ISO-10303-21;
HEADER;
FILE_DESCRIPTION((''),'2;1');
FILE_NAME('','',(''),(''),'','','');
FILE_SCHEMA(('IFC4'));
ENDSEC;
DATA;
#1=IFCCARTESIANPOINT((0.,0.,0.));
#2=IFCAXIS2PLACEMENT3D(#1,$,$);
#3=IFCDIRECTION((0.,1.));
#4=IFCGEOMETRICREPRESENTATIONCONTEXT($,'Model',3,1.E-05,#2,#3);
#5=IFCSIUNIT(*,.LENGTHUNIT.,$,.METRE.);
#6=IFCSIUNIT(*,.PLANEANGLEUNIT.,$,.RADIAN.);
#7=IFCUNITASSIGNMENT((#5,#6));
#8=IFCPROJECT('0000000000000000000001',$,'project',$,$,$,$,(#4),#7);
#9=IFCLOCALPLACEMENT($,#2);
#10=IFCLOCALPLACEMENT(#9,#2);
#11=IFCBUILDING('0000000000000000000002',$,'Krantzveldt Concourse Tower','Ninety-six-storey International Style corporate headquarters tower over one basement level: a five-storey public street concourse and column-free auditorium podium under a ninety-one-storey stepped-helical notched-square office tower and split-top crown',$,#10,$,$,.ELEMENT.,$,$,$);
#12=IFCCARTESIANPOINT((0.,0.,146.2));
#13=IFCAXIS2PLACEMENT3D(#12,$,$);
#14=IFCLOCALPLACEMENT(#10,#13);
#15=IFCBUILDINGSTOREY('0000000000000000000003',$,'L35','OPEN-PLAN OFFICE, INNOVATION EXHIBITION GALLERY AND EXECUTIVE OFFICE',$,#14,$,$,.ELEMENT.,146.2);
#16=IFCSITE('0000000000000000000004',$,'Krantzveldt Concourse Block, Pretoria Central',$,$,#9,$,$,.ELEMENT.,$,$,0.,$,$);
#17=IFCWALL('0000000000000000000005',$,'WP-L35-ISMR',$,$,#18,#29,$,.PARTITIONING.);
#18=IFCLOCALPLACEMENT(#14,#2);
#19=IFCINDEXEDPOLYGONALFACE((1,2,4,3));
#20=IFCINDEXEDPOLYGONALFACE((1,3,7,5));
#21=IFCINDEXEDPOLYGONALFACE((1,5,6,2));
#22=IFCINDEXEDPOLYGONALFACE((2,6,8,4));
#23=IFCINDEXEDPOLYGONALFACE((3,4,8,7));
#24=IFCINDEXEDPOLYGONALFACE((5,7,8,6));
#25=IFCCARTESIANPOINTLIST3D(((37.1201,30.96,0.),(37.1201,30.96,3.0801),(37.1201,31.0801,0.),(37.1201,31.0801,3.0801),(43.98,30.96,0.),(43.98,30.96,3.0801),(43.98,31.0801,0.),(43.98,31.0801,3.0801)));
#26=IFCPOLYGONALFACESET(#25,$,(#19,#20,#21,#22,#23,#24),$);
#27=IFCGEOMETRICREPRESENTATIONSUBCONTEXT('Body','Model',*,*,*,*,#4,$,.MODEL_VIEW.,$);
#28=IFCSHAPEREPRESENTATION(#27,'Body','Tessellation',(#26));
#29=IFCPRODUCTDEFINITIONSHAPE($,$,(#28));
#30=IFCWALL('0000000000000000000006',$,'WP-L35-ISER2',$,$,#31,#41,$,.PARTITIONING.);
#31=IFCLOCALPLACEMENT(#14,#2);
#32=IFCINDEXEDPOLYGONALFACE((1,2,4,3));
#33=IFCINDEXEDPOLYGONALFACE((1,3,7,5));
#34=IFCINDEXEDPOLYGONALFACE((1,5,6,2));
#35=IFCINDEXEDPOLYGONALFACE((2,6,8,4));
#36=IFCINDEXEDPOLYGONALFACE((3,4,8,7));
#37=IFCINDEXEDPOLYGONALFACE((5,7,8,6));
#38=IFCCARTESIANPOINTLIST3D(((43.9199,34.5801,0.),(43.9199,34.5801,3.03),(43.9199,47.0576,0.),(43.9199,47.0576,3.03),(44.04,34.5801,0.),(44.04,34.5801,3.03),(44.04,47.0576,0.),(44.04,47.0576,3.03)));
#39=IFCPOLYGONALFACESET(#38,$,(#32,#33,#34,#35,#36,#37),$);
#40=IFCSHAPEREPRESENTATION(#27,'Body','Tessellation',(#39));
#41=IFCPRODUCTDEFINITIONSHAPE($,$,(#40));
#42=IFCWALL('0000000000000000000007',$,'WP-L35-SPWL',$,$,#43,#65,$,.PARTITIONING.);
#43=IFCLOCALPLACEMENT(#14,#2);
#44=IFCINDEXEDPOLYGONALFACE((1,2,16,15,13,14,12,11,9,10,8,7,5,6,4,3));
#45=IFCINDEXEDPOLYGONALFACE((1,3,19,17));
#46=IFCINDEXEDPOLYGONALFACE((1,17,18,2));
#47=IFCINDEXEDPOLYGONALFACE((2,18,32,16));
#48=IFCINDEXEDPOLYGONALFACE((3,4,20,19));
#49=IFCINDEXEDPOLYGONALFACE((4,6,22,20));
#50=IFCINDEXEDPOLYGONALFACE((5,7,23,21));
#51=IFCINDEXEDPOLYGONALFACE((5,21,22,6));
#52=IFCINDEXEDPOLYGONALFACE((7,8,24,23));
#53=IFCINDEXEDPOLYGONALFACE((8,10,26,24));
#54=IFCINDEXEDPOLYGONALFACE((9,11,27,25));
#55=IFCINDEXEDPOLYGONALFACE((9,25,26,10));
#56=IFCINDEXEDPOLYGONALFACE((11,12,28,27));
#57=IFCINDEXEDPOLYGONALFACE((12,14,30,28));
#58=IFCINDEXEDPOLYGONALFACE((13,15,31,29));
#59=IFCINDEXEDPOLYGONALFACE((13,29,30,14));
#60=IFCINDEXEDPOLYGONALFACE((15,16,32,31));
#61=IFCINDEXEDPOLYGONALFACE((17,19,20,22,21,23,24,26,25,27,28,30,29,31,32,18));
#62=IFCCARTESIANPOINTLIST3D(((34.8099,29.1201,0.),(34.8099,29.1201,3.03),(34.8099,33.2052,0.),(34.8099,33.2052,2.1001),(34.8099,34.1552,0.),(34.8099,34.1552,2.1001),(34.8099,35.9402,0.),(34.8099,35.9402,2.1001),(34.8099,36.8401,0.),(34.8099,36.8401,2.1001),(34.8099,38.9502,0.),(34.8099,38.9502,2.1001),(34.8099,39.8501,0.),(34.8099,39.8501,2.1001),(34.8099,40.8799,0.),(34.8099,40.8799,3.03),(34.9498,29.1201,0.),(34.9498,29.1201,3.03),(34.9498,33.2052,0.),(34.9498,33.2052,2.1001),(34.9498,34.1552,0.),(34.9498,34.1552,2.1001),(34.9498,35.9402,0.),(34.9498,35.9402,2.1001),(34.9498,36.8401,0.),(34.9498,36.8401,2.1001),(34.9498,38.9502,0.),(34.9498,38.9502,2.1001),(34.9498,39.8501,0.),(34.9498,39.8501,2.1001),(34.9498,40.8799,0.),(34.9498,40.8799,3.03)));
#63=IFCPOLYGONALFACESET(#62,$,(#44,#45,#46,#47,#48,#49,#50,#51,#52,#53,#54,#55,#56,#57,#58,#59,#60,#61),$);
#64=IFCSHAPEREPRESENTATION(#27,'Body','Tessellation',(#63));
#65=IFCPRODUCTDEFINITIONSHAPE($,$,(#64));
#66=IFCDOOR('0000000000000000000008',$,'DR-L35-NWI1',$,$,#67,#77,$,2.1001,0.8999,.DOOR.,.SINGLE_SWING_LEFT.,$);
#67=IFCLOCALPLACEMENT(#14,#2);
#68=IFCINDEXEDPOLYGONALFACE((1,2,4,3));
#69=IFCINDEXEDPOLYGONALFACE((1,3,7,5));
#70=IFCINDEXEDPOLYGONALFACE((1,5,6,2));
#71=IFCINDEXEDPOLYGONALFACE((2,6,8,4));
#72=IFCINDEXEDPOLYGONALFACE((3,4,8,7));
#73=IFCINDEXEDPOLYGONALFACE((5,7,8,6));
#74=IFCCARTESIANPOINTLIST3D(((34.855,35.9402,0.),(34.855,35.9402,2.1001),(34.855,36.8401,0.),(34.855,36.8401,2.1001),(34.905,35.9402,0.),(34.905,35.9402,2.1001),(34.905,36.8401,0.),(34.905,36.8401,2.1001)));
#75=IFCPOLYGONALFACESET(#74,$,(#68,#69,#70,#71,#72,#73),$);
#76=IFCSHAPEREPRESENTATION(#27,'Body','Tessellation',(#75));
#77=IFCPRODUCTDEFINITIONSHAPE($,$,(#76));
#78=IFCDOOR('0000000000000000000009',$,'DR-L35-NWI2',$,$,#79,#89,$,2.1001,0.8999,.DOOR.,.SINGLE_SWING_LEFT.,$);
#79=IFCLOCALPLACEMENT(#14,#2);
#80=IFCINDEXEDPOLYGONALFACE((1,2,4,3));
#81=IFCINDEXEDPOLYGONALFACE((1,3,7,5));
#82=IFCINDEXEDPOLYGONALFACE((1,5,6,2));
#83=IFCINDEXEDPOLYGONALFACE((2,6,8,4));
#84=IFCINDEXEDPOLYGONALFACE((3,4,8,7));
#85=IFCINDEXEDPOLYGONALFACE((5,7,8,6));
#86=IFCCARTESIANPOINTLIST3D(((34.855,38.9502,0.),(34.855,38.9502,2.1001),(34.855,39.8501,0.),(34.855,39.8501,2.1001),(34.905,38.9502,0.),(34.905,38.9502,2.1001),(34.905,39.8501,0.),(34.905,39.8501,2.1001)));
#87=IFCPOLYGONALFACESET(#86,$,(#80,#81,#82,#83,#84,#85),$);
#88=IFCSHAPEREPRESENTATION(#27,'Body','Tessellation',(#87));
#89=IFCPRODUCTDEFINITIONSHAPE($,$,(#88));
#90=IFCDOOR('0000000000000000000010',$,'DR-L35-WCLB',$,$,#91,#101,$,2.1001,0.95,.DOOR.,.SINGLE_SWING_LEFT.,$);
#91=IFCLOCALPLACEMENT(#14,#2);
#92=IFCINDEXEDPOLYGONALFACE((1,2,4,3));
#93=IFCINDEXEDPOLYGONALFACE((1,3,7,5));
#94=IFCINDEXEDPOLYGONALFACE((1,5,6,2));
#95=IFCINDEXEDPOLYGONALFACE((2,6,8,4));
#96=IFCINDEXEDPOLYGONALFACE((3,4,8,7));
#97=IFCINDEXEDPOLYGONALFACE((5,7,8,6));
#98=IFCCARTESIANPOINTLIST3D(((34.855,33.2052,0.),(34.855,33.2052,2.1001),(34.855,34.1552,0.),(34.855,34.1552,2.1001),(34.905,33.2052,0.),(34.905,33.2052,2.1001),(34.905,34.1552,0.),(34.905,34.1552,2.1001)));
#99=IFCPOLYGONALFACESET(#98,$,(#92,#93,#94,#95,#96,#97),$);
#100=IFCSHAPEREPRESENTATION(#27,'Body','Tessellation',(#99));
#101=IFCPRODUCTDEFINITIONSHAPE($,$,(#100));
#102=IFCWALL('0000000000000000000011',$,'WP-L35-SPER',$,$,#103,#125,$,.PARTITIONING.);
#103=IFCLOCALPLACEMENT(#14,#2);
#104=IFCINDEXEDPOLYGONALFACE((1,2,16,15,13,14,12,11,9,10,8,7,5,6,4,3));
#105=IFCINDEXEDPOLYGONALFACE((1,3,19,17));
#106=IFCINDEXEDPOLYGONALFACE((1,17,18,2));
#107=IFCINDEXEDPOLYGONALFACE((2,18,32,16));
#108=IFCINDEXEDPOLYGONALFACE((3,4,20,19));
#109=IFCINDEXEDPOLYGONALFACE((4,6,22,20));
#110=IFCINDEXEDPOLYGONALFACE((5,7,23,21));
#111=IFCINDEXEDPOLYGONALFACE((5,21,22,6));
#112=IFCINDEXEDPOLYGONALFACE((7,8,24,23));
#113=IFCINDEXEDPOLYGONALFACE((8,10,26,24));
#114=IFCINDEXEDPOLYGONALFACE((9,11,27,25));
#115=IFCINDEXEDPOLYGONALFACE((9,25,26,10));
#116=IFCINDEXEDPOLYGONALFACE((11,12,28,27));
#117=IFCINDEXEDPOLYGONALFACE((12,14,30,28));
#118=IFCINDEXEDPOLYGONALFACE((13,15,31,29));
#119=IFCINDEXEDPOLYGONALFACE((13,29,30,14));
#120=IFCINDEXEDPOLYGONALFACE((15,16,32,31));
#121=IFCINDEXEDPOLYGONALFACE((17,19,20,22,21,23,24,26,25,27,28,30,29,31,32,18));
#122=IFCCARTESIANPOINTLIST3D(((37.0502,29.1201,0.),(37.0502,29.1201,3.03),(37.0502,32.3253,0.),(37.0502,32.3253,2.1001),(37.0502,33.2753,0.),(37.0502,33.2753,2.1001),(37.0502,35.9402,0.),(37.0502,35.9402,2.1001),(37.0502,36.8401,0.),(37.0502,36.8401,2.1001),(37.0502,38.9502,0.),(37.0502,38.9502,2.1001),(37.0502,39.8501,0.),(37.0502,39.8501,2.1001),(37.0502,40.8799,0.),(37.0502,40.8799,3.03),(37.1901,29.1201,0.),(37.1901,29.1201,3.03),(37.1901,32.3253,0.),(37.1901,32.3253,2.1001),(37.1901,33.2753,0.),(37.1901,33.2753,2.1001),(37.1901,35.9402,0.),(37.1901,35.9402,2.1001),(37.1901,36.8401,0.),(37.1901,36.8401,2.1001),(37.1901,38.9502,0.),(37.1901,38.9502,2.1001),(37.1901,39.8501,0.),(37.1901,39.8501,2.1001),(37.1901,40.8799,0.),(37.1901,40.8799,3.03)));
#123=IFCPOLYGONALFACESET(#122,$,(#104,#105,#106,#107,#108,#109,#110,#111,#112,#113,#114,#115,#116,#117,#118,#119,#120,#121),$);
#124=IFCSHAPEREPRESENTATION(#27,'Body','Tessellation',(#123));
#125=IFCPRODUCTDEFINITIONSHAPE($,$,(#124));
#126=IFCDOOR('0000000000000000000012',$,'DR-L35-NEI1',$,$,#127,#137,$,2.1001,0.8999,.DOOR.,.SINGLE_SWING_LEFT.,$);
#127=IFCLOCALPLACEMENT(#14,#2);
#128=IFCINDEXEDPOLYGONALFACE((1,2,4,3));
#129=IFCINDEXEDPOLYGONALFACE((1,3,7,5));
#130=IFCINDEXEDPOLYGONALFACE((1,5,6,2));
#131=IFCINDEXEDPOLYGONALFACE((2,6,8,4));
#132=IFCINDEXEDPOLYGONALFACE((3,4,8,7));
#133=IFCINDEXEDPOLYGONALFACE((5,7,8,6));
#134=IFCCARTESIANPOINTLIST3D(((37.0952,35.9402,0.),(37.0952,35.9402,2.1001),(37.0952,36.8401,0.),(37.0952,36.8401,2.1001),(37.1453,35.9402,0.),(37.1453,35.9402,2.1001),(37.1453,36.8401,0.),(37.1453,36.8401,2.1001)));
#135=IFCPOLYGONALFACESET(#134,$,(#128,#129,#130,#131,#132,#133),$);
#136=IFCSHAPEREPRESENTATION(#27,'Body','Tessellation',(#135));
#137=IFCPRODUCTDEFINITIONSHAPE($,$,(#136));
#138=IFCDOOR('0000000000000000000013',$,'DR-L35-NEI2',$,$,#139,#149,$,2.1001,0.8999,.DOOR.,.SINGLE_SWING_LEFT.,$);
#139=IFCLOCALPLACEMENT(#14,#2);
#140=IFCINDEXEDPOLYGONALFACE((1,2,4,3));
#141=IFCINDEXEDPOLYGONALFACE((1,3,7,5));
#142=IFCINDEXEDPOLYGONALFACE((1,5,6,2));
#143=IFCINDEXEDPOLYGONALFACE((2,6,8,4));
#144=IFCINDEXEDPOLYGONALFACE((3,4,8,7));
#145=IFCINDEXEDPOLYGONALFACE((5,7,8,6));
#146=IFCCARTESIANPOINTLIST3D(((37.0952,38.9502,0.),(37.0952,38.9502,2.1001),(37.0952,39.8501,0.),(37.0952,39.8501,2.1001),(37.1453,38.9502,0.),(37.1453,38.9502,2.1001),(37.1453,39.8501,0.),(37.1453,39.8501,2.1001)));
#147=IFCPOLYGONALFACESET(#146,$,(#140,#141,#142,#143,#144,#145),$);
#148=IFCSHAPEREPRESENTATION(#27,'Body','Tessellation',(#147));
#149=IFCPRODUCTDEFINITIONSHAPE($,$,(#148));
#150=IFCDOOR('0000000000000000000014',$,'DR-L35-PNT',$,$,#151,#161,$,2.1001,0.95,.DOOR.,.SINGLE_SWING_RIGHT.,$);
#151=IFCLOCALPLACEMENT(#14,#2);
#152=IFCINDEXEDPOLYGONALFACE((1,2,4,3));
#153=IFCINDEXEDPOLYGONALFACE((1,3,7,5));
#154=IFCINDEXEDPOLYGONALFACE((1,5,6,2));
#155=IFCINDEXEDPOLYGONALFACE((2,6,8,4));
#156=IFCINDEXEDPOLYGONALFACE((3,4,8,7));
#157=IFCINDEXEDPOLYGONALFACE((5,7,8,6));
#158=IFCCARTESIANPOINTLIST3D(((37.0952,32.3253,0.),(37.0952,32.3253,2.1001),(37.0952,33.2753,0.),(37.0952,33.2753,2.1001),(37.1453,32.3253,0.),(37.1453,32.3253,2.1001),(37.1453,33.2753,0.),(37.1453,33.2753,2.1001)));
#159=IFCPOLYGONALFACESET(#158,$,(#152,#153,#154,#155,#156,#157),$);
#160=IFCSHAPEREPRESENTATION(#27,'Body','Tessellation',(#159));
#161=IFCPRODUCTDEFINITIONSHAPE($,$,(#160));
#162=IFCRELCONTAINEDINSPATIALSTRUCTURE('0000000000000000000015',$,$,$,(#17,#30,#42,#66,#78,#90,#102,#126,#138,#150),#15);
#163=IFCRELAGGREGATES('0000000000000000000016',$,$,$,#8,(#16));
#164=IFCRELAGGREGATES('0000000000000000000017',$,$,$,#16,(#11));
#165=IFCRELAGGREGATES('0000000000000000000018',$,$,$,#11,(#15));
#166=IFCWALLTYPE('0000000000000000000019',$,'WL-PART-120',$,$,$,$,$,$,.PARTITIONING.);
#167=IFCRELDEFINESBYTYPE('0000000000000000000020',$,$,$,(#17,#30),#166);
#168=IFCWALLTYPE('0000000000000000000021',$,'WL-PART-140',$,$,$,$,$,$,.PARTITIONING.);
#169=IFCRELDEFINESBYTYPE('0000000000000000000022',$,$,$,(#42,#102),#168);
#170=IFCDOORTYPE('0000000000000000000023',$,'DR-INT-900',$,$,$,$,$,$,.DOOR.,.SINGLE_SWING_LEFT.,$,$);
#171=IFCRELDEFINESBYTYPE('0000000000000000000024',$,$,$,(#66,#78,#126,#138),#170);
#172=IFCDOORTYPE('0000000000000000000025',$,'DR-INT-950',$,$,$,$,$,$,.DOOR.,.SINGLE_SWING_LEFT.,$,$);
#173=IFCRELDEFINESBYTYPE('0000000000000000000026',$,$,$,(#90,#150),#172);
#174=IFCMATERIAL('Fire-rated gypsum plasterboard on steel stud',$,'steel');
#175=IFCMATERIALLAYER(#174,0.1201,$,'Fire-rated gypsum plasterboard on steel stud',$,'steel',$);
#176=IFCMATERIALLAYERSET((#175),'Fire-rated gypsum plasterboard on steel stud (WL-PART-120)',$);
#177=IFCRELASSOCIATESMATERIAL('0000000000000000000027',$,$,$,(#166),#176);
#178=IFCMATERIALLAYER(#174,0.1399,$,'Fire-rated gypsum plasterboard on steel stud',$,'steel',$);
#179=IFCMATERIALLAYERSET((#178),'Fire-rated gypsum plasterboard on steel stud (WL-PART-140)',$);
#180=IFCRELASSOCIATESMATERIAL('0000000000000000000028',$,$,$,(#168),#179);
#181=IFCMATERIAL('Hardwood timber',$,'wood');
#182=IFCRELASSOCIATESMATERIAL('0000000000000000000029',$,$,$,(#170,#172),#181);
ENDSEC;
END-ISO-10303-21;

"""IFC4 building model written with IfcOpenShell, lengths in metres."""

from ifc_helpers import new_model, si_unit, direction, frame, frame_2d, origin, place, context, subcontext, project, spatial, rectangle, extrude, material, layer, layer_set, type_object, element, fill, save


model = new_model("IFC4")

# Units and contexts
model_context = context("Model", 3, precision=1e-05, world=origin(), true_north=direction((0.0, 1.0)))
body_context = subcontext(model_context, "Body", "Model", "MODEL_VIEW")
ifc_project = project(units=[si_unit("LENGTHUNIT", "METRE"), si_unit("PLANEANGLEUNIT", "RADIAN")], contexts=[model_context])

# Site, building, storey
site_placement = place(None, origin())
site = spatial("IfcSite", under=ifc_project, at=site_placement, Name="Krantzveldt Concourse Block, Pretoria Central", CompositionType="ELEMENT", RefElevation=0.0)
building_placement = place(site_placement, origin())
building = spatial("IfcBuilding", under=site, at=building_placement, Name="Krantzveldt Concourse Tower", Description="Ninety-six-storey International Style corporate headquarters tower over one basement level: a five-storey public street concourse and column-free auditorium podium under a ninety-one-storey stepped-helical notched-square office tower and split-top crown", CompositionType="ELEMENT")
storey_placement = place(building_placement, frame((0.0, 0.0, 146.2)))
storey = spatial("IfcBuildingStorey", under=building, at=storey_placement, Name="L35", Description="OPEN-PLAN OFFICE, INNOVATION EXHIBITION GALLERY AND EXECUTIVE OFFICE", CompositionType="ELEMENT", Elevation=146.2)

# Walls
ifc_material_1 = material(Name="Fire-rated gypsum plasterboard on steel stud", Category="steel")
ifc_layer_1 = layer(ifc_material_1, 0.1201, Name="Fire-rated gypsum plasterboard on steel stud", Category="steel")
ifc_layer_set_1 = layer_set([ifc_layer_1], Name="Fire-rated gypsum plasterboard on steel stud (WL-PART-120)")
wall_type_1 = type_object("IfcWallType", Name="WL-PART-120", PredefinedType="PARTITIONING", material=ifc_layer_set_1)
wall_1_placement = place(storey_placement, frame((37.1201, 31.02, 0.0), z_axis=(0.0, 0.0, 1.0), x_axis=(1.0, 0.0, 0.0)))
element("IfcWall", 1, at=wall_1_placement, inside=storey, type_object=wall_type_1, Name="WP-L35-ISMR", PredefinedType="PARTITIONING", context=body_context, shape_type="SweptSolid", body=[
    extrude(rectangle(XDim=6.8599, YDim=0.1201, at=frame_2d((3.4299, 0.0))), origin(), (0.0, 0.0, 1.0), 3.0801),
])
wall_2_placement = place(storey_placement, frame((43.98, 34.5801, 0.0), z_axis=(0.0, 0.0, 1.0), x_axis=(0.0, 1.0, 0.0)))
element("IfcWall", 2, at=wall_2_placement, inside=storey, type_object=wall_type_1, Name="WP-L35-ISER2", PredefinedType="PARTITIONING", context=body_context, shape_type="SweptSolid", body=[
    extrude(rectangle(XDim=12.4775, YDim=0.1201, at=frame_2d((6.2388, 0.0))), origin(), (0.0, 0.0, 1.0), 3.03),
])

# Walls, openings, doors
ifc_layer_2 = layer(ifc_material_1, 0.1399, Name="Fire-rated gypsum plasterboard on steel stud", Category="steel")
ifc_layer_set_2 = layer_set([ifc_layer_2], Name="Fire-rated gypsum plasterboard on steel stud (WL-PART-140)")
wall_type_2 = type_object("IfcWallType", Name="WL-PART-140", PredefinedType="PARTITIONING", material=ifc_layer_set_2)
wall_3_placement = place(storey_placement, frame((34.8799, 29.1201, 0.0), z_axis=(0.0, 0.0, 1.0), x_axis=(0.0, 1.0, 0.0)))
wall_3 = element("IfcWall", 3, at=wall_3_placement, inside=storey, type_object=wall_type_2, Name="WP-L35-SPWL", PredefinedType="PARTITIONING", context=body_context, shape_type="SweptSolid", body=[
    extrude(rectangle(XDim=11.7598, YDim=0.1399, at=frame_2d((5.8799, 0.0))), origin(), (0.0, 0.0, 1.0), 3.03),
])
opening_1_placement = place(wall_3_placement, frame((4.085, 0.0, 0.0)))
opening_1 = element("IfcOpeningElement", 4, at=opening_1_placement, cuts=wall_3, PredefinedType="OPENING", context=body_context, shape_type="SweptSolid", body=[
    extrude(rectangle(XDim=0.95, YDim=2.1001, at=frame_2d((0.4751, 1.05))), frame((0.0, 0.0801, 0.0), z_axis=(0.0, -1.0, 0.0), x_axis=(1.0, 0.0, 0.0)), (0.0, 0.0, 1.0), 0.1599),
])
opening_2_placement = place(wall_3_placement, frame((6.8201, 0.0, 0.0)))
opening_2 = element("IfcOpeningElement", 5, at=opening_2_placement, cuts=wall_3, PredefinedType="OPENING", context=body_context, shape_type="SweptSolid", body=[
    extrude(rectangle(XDim=0.8999, YDim=2.1001, at=frame_2d((0.45, 1.05))), frame((0.0, 0.0801, 0.0), z_axis=(0.0, -1.0, 0.0), x_axis=(1.0, 0.0, 0.0)), (0.0, 0.0, 1.0), 0.1599),
])
opening_3_placement = place(wall_3_placement, frame((9.8301, 0.0, 0.0)))
opening_3 = element("IfcOpeningElement", 6, at=opening_3_placement, cuts=wall_3, PredefinedType="OPENING", context=body_context, shape_type="SweptSolid", body=[
    extrude(rectangle(XDim=0.8999, YDim=2.1001, at=frame_2d((0.45, 1.05))), frame((0.0, 0.0801, 0.0), z_axis=(0.0, -1.0, 0.0), x_axis=(1.0, 0.0, 0.0)), (0.0, 0.0, 1.0), 0.1599),
])
ifc_material_2 = material(Name="Hardwood timber", Category="wood")
door_type_1 = type_object("IfcDoorType", Name="DR-INT-900", OperationType="SINGLE_SWING_LEFT", PredefinedType="DOOR", material=ifc_material_2)
door_1_placement = place(opening_2_placement, origin())
door_1 = element("IfcDoor", 7, at=door_1_placement, inside=storey, type_object=door_type_1, Name="DR-L35-NWI1", OperationType="SINGLE_SWING_LEFT", OverallHeight=2.1001, OverallWidth=0.8999, PredefinedType="DOOR", context=body_context, shape_type="SweptSolid", body=[
    extrude(rectangle(XDim=0.8999, YDim=2.1001, at=frame_2d((0.45, 1.05))), frame((0.0, 0.0249, 0.0), z_axis=(0.0, -1.0, 0.0), x_axis=(1.0, 0.0, 0.0)), (0.0, 0.0, 1.0), 0.05),
])
fill(opening_2, door_1)
door_2_placement = place(opening_3_placement, origin())
door_2 = element("IfcDoor", 8, at=door_2_placement, inside=storey, type_object=door_type_1, Name="DR-L35-NWI2", OperationType="SINGLE_SWING_LEFT", OverallHeight=2.1001, OverallWidth=0.8999, PredefinedType="DOOR", context=body_context, shape_type="SweptSolid", body=[
    extrude(rectangle(XDim=0.8999, YDim=2.1001, at=frame_2d((0.45, 1.05))), frame((0.0, 0.0249, 0.0), z_axis=(0.0, -1.0, 0.0), x_axis=(1.0, 0.0, 0.0)), (0.0, 0.0, 1.0), 0.05),
])
fill(opening_3, door_2)
door_type_2 = type_object("IfcDoorType", Name="DR-INT-950", OperationType="SINGLE_SWING_LEFT", PredefinedType="DOOR", material=ifc_material_2)
door_3_placement = place(opening_1_placement, origin())
door_3 = element("IfcDoor", 9, at=door_3_placement, inside=storey, type_object=door_type_2, Name="DR-L35-WCLB", OperationType="SINGLE_SWING_LEFT", OverallHeight=2.1001, OverallWidth=0.95, PredefinedType="DOOR", context=body_context, shape_type="SweptSolid", body=[
    extrude(rectangle(XDim=0.95, YDim=2.1001, at=frame_2d((0.4751, 1.05))), frame((0.0, 0.0249, 0.0), z_axis=(0.0, -1.0, 0.0), x_axis=(1.0, 0.0, 0.0)), (0.0, 0.0, 1.0), 0.05),
])
fill(opening_1, door_3)
wall_4_placement = place(storey_placement, frame((37.1201, 29.1201, 0.0), z_axis=(0.0, 0.0, 1.0), x_axis=(0.0, 1.0, 0.0)))
wall_4 = element("IfcWall", 10, at=wall_4_placement, inside=storey, type_object=wall_type_2, Name="WP-L35-SPER", PredefinedType="PARTITIONING", context=body_context, shape_type="SweptSolid", body=[
    extrude(rectangle(XDim=11.7598, YDim=0.1399, at=frame_2d((5.8799, 0.0))), origin(), (0.0, 0.0, 1.0), 3.03),
])
opening_4_placement = place(wall_4_placement, frame((3.2051, 0.0, 0.0)))
opening_4 = element("IfcOpeningElement", 11, at=opening_4_placement, cuts=wall_4, PredefinedType="OPENING", context=body_context, shape_type="SweptSolid", body=[
    extrude(rectangle(XDim=0.95, YDim=2.1001, at=frame_2d((0.4751, 1.05))), frame((0.0, 0.0801, 0.0), z_axis=(0.0, -1.0, 0.0), x_axis=(1.0, 0.0, 0.0)), (0.0, 0.0, 1.0), 0.1599),
])
opening_5_placement = place(wall_4_placement, frame((6.8201, 0.0, 0.0)))
opening_5 = element("IfcOpeningElement", 12, at=opening_5_placement, cuts=wall_4, PredefinedType="OPENING", context=body_context, shape_type="SweptSolid", body=[
    extrude(rectangle(XDim=0.8999, YDim=2.1001, at=frame_2d((0.45, 1.05))), frame((0.0, 0.0801, 0.0), z_axis=(0.0, -1.0, 0.0), x_axis=(1.0, 0.0, 0.0)), (0.0, 0.0, 1.0), 0.1599),
])
opening_6_placement = place(wall_4_placement, frame((9.8301, 0.0, 0.0)))
opening_6 = element("IfcOpeningElement", 13, at=opening_6_placement, cuts=wall_4, PredefinedType="OPENING", context=body_context, shape_type="SweptSolid", body=[
    extrude(rectangle(XDim=0.8999, YDim=2.1001, at=frame_2d((0.45, 1.05))), frame((0.0, 0.0801, 0.0), z_axis=(0.0, -1.0, 0.0), x_axis=(1.0, 0.0, 0.0)), (0.0, 0.0, 1.0), 0.1599),
])
door_4_placement = place(opening_5_placement, origin())
door_4 = element("IfcDoor", 14, at=door_4_placement, inside=storey, type_object=door_type_1, Name="DR-L35-NEI1", OperationType="SINGLE_SWING_LEFT", OverallHeight=2.1001, OverallWidth=0.8999, PredefinedType="DOOR", context=body_context, shape_type="SweptSolid", body=[
    extrude(rectangle(XDim=0.8999, YDim=2.1001, at=frame_2d((0.45, 1.05))), frame((0.0, 0.0249, 0.0), z_axis=(0.0, -1.0, 0.0), x_axis=(1.0, 0.0, 0.0)), (0.0, 0.0, 1.0), 0.05),
])
fill(opening_5, door_4)
door_5_placement = place(opening_6_placement, origin())
door_5 = element("IfcDoor", 15, at=door_5_placement, inside=storey, type_object=door_type_1, Name="DR-L35-NEI2", OperationType="SINGLE_SWING_LEFT", OverallHeight=2.1001, OverallWidth=0.8999, PredefinedType="DOOR", context=body_context, shape_type="SweptSolid", body=[
    extrude(rectangle(XDim=0.8999, YDim=2.1001, at=frame_2d((0.45, 1.05))), frame((0.0, 0.0249, 0.0), z_axis=(0.0, -1.0, 0.0), x_axis=(1.0, 0.0, 0.0)), (0.0, 0.0, 1.0), 0.05),
])
fill(opening_6, door_5)
door_6_placement = place(opening_4_placement, origin())
door_6 = element("IfcDoor", 16, at=door_6_placement, inside=storey, type_object=door_type_2, Name="DR-L35-PNT", OperationType="SINGLE_SWING_RIGHT", OverallHeight=2.1001, OverallWidth=0.95, PredefinedType="DOOR", context=body_context, shape_type="SweptSolid", body=[
    extrude(rectangle(XDim=0.95, YDim=2.1001, at=frame_2d((0.4751, 1.05))), frame((0.0, 0.0249, 0.0), z_axis=(0.0, -1.0, 0.0), x_axis=(1.0, 0.0, 0.0)), (0.0, 0.0, 1.0), 0.05),
])
fill(opening_4, door_6)

save(model, "model.ifc")
